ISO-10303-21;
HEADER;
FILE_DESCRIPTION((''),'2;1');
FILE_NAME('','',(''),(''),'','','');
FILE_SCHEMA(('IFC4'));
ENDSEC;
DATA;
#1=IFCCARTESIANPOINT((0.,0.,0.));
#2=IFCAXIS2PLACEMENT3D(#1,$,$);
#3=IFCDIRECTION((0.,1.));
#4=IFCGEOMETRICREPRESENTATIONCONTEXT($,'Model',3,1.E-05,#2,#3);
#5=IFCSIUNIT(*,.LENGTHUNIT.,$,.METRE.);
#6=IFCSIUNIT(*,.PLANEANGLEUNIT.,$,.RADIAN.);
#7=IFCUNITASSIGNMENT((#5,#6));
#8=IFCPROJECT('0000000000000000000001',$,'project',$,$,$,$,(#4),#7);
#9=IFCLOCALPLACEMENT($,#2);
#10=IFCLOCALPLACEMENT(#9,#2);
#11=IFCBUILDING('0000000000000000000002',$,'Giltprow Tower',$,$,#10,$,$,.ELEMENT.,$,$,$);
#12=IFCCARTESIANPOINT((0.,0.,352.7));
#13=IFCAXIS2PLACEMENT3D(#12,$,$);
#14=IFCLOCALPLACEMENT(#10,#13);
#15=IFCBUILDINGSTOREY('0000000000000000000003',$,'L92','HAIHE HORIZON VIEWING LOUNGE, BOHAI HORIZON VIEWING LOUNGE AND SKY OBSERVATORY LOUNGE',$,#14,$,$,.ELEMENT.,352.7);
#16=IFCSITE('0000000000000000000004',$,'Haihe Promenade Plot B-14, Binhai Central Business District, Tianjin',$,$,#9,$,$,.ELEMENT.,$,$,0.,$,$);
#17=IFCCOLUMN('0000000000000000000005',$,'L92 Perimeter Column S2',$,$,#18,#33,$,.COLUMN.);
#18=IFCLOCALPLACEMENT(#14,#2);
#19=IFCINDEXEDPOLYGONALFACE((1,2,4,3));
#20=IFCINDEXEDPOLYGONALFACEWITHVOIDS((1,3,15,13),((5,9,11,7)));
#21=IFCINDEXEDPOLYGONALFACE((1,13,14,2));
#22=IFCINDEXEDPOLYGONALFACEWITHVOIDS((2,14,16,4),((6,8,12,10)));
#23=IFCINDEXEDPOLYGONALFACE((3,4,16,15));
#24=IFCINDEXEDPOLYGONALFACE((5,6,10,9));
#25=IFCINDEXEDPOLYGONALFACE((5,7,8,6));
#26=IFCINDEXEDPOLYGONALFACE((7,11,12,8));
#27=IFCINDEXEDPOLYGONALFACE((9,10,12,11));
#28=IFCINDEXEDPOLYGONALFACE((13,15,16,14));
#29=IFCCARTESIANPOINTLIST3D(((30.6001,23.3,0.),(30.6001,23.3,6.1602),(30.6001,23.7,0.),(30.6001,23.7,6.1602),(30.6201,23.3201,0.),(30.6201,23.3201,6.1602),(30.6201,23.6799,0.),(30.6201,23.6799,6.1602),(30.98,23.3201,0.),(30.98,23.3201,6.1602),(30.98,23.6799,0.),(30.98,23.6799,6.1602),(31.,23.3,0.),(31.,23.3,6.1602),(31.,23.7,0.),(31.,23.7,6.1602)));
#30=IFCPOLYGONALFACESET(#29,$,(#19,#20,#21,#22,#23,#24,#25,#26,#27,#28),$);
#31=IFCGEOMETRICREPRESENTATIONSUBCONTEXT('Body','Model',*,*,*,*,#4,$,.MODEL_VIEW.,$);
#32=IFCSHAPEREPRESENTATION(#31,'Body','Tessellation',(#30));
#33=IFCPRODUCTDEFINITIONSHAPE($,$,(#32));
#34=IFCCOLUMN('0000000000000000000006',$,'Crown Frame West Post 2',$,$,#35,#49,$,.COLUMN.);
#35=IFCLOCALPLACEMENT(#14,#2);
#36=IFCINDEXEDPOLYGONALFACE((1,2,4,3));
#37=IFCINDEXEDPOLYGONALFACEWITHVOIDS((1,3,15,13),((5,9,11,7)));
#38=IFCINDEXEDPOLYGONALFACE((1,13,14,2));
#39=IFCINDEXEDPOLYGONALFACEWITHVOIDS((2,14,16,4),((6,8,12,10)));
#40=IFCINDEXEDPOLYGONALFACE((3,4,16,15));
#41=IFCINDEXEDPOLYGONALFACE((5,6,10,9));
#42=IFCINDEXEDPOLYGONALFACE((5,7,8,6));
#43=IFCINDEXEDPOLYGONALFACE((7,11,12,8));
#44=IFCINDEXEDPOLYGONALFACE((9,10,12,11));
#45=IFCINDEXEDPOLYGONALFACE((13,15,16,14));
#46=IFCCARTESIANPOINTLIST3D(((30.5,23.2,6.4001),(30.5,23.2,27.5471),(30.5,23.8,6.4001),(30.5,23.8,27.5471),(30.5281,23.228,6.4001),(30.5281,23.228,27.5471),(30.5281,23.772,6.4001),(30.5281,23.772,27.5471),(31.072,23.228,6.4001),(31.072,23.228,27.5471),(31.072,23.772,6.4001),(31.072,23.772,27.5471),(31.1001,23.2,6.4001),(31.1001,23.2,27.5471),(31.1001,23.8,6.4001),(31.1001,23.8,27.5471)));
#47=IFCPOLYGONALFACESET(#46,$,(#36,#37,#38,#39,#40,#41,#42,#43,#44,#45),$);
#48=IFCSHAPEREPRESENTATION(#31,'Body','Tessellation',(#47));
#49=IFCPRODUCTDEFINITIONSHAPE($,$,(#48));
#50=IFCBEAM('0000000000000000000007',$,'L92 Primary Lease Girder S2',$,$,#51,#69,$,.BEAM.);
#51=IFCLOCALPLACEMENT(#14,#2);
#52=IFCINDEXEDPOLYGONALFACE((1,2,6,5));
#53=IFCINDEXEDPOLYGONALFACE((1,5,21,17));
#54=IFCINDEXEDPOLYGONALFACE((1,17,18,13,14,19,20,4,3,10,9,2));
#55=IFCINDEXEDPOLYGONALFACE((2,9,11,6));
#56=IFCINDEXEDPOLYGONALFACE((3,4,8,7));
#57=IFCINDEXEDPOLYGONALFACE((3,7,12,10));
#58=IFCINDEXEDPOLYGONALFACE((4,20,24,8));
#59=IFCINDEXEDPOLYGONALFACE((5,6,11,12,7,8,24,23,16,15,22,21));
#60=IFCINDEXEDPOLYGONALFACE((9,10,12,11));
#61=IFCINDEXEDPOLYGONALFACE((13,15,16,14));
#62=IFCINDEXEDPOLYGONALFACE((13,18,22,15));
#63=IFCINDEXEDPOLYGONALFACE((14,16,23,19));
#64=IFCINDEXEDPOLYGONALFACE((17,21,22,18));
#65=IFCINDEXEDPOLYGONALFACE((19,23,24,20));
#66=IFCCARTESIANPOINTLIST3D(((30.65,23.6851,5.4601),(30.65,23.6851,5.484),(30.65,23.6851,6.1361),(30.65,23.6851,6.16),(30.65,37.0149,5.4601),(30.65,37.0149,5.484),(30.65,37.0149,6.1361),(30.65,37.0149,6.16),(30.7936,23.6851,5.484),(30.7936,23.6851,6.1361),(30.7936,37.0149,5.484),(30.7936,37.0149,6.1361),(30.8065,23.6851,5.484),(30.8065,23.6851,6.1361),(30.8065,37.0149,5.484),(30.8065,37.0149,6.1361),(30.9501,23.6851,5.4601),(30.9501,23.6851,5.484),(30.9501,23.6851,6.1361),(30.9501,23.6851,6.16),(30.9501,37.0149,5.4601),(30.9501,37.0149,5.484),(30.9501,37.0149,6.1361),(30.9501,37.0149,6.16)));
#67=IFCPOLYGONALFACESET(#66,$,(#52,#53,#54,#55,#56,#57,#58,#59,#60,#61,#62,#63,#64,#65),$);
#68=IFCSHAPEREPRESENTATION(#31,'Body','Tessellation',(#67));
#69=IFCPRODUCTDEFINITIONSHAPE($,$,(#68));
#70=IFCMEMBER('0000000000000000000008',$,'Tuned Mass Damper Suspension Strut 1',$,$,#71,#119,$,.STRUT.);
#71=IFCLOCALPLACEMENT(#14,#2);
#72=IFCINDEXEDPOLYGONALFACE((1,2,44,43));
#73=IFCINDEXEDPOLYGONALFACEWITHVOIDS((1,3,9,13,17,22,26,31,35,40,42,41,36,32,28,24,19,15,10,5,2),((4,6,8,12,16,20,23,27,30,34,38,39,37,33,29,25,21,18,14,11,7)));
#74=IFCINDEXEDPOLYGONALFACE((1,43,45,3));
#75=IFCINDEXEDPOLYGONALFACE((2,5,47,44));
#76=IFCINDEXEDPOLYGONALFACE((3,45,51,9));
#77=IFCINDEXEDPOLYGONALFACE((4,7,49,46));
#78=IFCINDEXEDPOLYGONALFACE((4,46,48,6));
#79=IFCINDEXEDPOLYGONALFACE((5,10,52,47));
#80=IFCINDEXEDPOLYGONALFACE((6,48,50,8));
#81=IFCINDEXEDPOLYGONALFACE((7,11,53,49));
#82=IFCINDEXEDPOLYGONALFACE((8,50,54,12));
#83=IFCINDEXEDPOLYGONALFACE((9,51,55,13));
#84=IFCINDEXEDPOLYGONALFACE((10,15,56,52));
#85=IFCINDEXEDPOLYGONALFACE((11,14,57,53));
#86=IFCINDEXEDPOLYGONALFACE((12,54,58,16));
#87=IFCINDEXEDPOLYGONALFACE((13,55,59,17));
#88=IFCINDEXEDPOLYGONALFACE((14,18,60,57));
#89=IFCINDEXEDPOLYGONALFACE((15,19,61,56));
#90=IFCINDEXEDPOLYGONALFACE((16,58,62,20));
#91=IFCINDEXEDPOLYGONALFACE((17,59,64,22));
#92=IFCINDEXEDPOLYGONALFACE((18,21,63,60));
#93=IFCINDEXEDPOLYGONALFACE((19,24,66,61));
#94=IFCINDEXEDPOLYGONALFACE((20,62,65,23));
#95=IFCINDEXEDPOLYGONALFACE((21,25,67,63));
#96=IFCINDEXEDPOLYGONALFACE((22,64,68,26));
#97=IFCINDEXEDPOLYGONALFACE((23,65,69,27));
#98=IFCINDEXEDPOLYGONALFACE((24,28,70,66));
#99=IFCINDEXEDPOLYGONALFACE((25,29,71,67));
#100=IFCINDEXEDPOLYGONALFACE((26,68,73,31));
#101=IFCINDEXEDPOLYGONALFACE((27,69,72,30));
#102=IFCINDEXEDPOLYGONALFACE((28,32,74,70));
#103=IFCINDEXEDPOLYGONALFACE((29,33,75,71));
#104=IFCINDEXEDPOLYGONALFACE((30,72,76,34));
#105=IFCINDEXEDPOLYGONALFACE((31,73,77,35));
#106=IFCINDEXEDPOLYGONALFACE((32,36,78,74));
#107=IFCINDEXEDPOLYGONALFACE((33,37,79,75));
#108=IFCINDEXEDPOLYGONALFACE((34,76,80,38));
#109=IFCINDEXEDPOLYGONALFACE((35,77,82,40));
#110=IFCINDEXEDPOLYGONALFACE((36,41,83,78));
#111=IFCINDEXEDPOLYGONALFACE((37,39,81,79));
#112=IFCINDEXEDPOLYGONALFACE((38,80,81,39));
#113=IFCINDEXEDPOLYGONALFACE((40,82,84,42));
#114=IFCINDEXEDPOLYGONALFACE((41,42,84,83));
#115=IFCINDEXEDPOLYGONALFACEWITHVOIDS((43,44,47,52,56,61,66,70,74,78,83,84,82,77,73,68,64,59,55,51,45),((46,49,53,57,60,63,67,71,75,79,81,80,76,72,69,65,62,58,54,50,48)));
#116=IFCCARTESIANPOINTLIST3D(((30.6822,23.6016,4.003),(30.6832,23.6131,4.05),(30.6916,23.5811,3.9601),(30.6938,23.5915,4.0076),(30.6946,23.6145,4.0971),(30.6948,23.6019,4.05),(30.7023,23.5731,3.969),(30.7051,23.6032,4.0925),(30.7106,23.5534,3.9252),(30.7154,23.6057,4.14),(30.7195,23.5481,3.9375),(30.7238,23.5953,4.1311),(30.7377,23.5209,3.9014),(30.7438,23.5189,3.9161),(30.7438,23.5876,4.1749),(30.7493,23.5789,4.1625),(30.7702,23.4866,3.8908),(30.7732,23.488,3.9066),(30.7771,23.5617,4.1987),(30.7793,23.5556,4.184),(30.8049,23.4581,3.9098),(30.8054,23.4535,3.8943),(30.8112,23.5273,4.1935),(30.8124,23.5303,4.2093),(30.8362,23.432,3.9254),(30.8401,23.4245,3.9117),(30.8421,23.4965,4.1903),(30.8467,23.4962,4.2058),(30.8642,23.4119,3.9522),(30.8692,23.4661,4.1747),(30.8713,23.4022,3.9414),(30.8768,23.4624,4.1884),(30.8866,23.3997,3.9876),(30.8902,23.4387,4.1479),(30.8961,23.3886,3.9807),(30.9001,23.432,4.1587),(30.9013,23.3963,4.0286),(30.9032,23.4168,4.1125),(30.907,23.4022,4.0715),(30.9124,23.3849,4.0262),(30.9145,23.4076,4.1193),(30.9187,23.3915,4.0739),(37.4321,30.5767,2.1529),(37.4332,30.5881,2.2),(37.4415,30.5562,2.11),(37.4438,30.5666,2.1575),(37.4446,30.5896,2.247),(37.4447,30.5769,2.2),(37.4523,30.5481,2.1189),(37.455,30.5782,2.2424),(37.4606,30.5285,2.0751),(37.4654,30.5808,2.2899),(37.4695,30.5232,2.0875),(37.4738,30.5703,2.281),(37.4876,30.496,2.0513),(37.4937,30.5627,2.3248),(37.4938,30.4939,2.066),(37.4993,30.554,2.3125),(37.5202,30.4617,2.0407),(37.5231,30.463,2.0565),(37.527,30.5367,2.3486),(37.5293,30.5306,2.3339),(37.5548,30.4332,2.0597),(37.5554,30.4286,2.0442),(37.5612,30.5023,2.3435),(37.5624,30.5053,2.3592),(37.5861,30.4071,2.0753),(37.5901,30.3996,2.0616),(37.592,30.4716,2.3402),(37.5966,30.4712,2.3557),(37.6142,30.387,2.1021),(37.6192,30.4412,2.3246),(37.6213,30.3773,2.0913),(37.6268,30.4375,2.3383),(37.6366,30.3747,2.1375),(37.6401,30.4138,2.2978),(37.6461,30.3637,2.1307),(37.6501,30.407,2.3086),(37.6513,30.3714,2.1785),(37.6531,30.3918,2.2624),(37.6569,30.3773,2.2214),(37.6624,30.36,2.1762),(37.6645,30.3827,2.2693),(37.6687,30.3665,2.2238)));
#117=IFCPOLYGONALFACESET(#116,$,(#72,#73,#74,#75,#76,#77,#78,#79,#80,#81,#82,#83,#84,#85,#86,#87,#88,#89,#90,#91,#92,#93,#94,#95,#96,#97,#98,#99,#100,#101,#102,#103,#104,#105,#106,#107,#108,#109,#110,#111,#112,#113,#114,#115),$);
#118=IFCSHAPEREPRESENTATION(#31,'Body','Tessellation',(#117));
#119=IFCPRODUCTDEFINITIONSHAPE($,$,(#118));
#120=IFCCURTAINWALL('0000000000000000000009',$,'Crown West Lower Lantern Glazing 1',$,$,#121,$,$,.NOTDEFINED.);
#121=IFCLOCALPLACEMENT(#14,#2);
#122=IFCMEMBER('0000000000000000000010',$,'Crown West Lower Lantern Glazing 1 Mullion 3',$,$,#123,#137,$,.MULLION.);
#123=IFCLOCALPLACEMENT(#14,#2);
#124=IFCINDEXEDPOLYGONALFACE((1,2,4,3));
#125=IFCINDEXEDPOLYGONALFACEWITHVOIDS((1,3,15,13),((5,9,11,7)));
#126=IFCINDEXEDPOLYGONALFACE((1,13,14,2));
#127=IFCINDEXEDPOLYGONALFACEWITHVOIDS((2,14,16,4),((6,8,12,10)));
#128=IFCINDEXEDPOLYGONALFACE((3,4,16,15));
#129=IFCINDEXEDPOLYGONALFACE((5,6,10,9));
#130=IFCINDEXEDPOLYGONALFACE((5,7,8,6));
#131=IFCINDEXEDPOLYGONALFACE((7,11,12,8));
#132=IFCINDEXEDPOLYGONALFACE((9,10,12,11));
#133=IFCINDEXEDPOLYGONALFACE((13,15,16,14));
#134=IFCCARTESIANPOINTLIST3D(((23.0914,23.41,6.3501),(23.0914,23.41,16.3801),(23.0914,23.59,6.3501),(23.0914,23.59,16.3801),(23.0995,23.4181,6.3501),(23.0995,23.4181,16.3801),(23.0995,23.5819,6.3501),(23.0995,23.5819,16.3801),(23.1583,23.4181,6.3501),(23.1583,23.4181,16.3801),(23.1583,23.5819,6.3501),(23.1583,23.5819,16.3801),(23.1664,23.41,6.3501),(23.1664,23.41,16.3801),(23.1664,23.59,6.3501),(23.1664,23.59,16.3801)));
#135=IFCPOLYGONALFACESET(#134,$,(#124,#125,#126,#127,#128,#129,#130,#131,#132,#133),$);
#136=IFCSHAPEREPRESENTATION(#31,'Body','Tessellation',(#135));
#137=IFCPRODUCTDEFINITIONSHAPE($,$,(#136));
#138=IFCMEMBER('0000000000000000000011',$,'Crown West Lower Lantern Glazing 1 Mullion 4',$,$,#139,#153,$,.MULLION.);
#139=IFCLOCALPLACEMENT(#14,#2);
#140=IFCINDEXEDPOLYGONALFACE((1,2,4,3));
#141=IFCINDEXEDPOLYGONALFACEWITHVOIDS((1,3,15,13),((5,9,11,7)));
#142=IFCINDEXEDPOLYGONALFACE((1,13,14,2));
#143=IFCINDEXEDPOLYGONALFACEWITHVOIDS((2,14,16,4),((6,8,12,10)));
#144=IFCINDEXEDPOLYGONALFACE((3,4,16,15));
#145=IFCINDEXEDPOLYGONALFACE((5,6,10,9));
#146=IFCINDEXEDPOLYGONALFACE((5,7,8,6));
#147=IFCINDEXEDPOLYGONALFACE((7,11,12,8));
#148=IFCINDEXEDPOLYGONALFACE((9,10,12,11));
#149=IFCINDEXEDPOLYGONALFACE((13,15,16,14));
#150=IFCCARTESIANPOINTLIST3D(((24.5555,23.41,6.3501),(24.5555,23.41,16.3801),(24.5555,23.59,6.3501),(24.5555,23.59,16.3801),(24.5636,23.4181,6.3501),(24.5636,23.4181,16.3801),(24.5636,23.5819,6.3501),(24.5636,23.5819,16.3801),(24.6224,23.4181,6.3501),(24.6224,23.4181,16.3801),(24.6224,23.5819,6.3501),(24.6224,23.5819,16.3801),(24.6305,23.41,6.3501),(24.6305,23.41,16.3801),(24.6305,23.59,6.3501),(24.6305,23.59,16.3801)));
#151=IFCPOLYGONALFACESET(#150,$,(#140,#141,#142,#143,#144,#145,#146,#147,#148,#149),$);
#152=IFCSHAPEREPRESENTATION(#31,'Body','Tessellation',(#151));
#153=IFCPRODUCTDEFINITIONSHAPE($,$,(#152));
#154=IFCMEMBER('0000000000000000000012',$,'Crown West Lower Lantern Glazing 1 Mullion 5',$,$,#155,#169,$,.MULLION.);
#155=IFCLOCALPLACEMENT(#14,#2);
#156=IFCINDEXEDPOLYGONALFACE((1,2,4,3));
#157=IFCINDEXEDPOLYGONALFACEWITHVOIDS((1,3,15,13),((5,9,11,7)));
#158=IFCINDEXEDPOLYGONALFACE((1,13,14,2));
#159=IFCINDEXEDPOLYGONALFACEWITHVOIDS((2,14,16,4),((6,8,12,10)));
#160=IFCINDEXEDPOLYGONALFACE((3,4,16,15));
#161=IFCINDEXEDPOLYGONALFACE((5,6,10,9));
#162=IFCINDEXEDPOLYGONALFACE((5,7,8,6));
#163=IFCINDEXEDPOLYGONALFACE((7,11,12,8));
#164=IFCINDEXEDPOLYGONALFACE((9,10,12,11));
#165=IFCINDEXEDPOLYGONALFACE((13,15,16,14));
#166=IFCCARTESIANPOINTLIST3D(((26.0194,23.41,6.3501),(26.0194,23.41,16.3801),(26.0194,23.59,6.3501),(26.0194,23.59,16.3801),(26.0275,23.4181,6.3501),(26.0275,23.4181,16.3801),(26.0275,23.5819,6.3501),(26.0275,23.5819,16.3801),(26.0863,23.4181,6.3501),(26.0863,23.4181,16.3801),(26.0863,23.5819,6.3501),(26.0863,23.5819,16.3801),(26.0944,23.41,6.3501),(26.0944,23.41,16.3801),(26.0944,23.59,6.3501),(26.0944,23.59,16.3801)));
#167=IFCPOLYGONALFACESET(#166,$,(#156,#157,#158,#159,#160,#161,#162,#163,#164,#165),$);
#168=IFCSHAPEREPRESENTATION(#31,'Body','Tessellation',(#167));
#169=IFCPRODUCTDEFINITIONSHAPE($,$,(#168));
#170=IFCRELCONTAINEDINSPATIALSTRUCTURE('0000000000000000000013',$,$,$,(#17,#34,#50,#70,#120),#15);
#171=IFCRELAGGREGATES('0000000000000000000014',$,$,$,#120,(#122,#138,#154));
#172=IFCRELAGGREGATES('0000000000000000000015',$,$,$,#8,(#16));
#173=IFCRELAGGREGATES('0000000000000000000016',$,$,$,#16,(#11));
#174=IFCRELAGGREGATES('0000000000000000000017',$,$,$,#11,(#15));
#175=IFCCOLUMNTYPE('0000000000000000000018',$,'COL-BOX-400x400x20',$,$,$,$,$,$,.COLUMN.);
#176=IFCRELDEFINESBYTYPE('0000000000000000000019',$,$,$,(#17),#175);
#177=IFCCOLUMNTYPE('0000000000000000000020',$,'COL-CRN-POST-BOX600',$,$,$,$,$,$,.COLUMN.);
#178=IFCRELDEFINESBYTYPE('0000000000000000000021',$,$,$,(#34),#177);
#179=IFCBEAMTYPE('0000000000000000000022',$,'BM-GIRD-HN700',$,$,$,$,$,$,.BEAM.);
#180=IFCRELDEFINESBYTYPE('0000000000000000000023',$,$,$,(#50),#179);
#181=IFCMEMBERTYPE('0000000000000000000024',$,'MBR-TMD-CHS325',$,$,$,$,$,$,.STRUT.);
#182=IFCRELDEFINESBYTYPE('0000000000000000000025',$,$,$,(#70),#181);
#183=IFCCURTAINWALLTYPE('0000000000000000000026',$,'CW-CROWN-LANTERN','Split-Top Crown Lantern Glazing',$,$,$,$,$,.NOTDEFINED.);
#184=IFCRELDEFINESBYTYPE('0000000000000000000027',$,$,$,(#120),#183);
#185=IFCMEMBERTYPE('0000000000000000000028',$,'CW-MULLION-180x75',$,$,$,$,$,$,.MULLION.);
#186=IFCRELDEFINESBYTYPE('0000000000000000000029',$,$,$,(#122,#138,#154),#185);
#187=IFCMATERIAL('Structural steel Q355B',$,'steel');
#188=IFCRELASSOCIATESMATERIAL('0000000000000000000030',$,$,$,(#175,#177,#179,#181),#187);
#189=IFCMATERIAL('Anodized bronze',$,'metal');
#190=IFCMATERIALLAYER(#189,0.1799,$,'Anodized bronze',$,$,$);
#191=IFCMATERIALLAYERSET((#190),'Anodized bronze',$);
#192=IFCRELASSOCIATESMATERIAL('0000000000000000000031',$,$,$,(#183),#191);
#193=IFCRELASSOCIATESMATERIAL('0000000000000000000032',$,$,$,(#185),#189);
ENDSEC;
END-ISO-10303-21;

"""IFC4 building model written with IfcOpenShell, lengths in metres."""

from ifc_helpers import new_model, si_unit, direction, frame, origin, origin_2d, place, context, subcontext, project, spatial, hollow_rectangle, hollow_circle, i_section, extrude, source, transform, mapped, material, layer, layer_set, material_profile, profile_set, type_object, element, aggregate, save


model = new_model("IFC4")

# Units and contexts
model_context = context("Model", 3, precision=1e-05, world=origin(), true_north=direction((0.0, 1.0)))
body_context = subcontext(model_context, "Body", "Model", "MODEL_VIEW")
ifc_project = project(units=[si_unit("LENGTHUNIT", "METRE"), si_unit("PLANEANGLEUNIT", "RADIAN")], contexts=[model_context])

# Site, building, storey
site_placement = place(None, origin())
site = spatial("IfcSite", under=ifc_project, at=site_placement, Name="Haihe Promenade Plot B-14, Binhai Central Business District, Tianjin", CompositionType="ELEMENT", RefElevation=0.0)
building_placement = place(site_placement, origin())
building = spatial("IfcBuilding", under=site, at=building_placement, Name="Giltprow Tower", CompositionType="ELEMENT")
storey_placement = place(building_placement, frame((0.0, 0.0, 352.7)))
storey = spatial("IfcBuildingStorey", under=building, at=storey_placement, Name="L92", Description="HAIHE HORIZON VIEWING LOUNGE, BOHAI HORIZON VIEWING LOUNGE AND SKY OBSERVATORY LOUNGE", CompositionType="ELEMENT", Elevation=352.7)

# Columns
ifc_material_1 = material(Name="Structural steel Q355B", Category="steel")
ifc_material_profile_1 = material_profile(ifc_material_1, hollow_rectangle(XDim=0.3999, YDim=0.3999, WallThickness=0.02, at=origin_2d()), Name="BOX 400x400x20")
ifc_profile_set_1 = profile_set([ifc_material_profile_1], Name="Structural steel Q355B")
column_type_1 = type_object("IfcColumnType", Name="COL-BOX-400x400x20", PredefinedType="COLUMN", material=ifc_profile_set_1)
shared_shape_1 = source(origin(), body_context, "Body", "SweptSolid", [
    extrude(hollow_rectangle(XDim=0.3999, YDim=0.3999, WallThickness=0.02, at=origin_2d()), origin(), (0.0, 0.0, 1.0), 6.1602),
])
column_1_placement = place(storey_placement, frame((30.8, 23.5, 0.0), z_axis=(0.0, 0.0, 1.0), x_axis=(1.0, 0.0, 0.0)))
element("IfcColumn", 1, at=column_1_placement, inside=storey, type_object=column_type_1, Name="L92 Perimeter Column S2", PredefinedType="COLUMN", context=body_context, shape_type="MappedRepresentation", body=[
    mapped(shared_shape_1, transform((0.0, 0.0, 0.0), x_axis=(1.0, 0.0, 0.0), y_axis=(0.0, 1.0, 0.0), z_axis=(0.0, 0.0, 1.0), scale=1.0)),
])
ifc_material_profile_2 = material_profile(ifc_material_1, hollow_rectangle(XDim=0.6001, YDim=0.6001, WallThickness=0.0281, at=origin_2d()), Name="BOX 600x600x28")
ifc_profile_set_2 = profile_set([ifc_material_profile_2], Name="Structural steel Q355B")
column_type_2 = type_object("IfcColumnType", Name="COL-CRN-POST-BOX600", PredefinedType="COLUMN", material=ifc_profile_set_2)
shared_shape_2 = source(origin(), body_context, "Body", "SweptSolid", [
    extrude(hollow_rectangle(XDim=0.6001, YDim=0.6001, WallThickness=0.0281, at=origin_2d()), origin(), (0.0, 0.0, 1.0), 21.147),
])
column_2_placement = place(storey_placement, frame((30.8, 23.5, 6.4001), z_axis=(0.0, 0.0, 1.0), x_axis=(1.0, 0.0, 0.0)))
element("IfcColumn", 2, at=column_2_placement, inside=storey, type_object=column_type_2, Name="Crown Frame West Post 2", PredefinedType="COLUMN", context=body_context, shape_type="MappedRepresentation", body=[
    mapped(shared_shape_2, transform((0.0, 0.0, 0.0), x_axis=(1.0, 0.0, 0.0), y_axis=(0.0, 1.0, 0.0), z_axis=(0.0, 0.0, 1.0), scale=1.0)),
])

# Beam
ifc_material_profile_3 = material_profile(ifc_material_1, i_section(OverallWidth=0.3, OverallDepth=0.7, WebThickness=0.0129, FlangeThickness=0.0239, at=origin_2d()), Name="HN 700x300x13x24")
ifc_profile_set_3 = profile_set([ifc_material_profile_3], Name="Structural steel Q355B")
beam_type = type_object("IfcBeamType", Name="BM-GIRD-HN700", PredefinedType="BEAM", material=ifc_profile_set_3)
shared_shape_3 = source(origin(), body_context, "Body", "SweptSolid", [
    extrude(i_section(OverallWidth=0.3, OverallDepth=0.7, WebThickness=0.0129, FlangeThickness=0.0239, at=origin_2d()), origin(), (0.0, 0.0, 1.0), 13.3298),
])
beam_placement = place(storey_placement, frame((30.8, 23.6851, 5.8101), z_axis=(0.0, 1.0, 0.0), x_axis=(-1.0, 0.0, 0.0)))
element("IfcBeam", 3, at=beam_placement, inside=storey, type_object=beam_type, Name="L92 Primary Lease Girder S2", PredefinedType="BEAM", context=body_context, shape_type="MappedRepresentation", body=[
    mapped(shared_shape_3, transform((0.0, 0.0, 0.0), x_axis=(1.0, 0.0, 0.0), y_axis=(0.0, 1.0, 0.0), z_axis=(0.0, 0.0, 1.0), scale=1.0)),
])

# Member
ifc_material_profile_4 = material_profile(ifc_material_1, hollow_circle(Radius=0.1626, WallThickness=0.0161, at=origin_2d()), Name="CHS 325x16")
ifc_profile_set_4 = profile_set([ifc_material_profile_4], Name="Structural steel Q355B")
member_type_1 = type_object("IfcMemberType", Name="MBR-TMD-CHS325", PredefinedType="STRUT", material=ifc_profile_set_4)
shared_shape_4 = source(origin(), body_context, "Body", "SweptSolid", [
    extrude(hollow_circle(Radius=0.1626, WallThickness=0.0161, at=origin_2d()), origin(), (0.0, 0.0, 1.0), 9.8811),
])
member_1_placement = place(storey_placement, frame((30.8, 23.5, 4.05), z_axis=(0.683118, 0.705899, -0.187235), x_axis=(-0.718607, 0.695416, 0.0)))
element("IfcMember", 4, at=member_1_placement, inside=storey, type_object=member_type_1, Name="Tuned Mass Damper Suspension Strut 1", PredefinedType="STRUT", context=body_context, shape_type="MappedRepresentation", body=[
    mapped(shared_shape_4, transform((0.0, 0.0, 0.0), x_axis=(1.0, 0.0, 0.0), y_axis=(0.0, 1.0, 0.0), z_axis=(0.0, 0.0, 1.0), scale=1.0)),
])

# Curtain wall, members
ifc_material_2 = material(Name="Anodized bronze", Category="metal")
ifc_layer_1 = layer(ifc_material_2, 0.1799, Name="Anodized bronze")
ifc_layer_set_1 = layer_set([ifc_layer_1], Name="Anodized bronze")
curtain_wall_type = type_object("IfcCurtainWallType", Name="CW-CROWN-LANTERN", Description="Split-Top Crown Lantern Glazing", PredefinedType="NOTDEFINED", material=ifc_layer_set_1)
curtain_wall_1_placement = place(storey_placement, origin())
curtain_wall_1 = element("IfcCurtainWall", 5, at=curtain_wall_1_placement, inside=storey, type_object=curtain_wall_type, Name="Crown West Lower Lantern Glazing 1", PredefinedType="NOTDEFINED")
ifc_material_profile_5 = material_profile(ifc_material_2, hollow_rectangle(XDim=0.075, YDim=0.1799, WallThickness=0.0081, at=origin_2d()), Name="RHS 180x75x8")
ifc_profile_set_5 = profile_set([ifc_material_profile_5], Name="Anodized bronze")
member_type_2 = type_object("IfcMemberType", Name="CW-MULLION-180x75", PredefinedType="MULLION", material=ifc_profile_set_5)
shared_shape_5 = source(origin(), body_context, "Body", "SweptSolid", [
    extrude(hollow_rectangle(XDim=0.075, YDim=0.1799, WallThickness=0.0081, at=origin_2d()), origin(), (0.0, 0.0, 1.0), 10.03),
])
member_2_placement = place(storey_placement, frame((23.1289, 23.5, 6.3501), z_axis=(0.0, 0.0, 1.0), x_axis=(1.0, 0.0, 0.0)))
member_2 = element("IfcMember", 6, at=member_2_placement, type_object=member_type_2, Name="Crown West Lower Lantern Glazing 1 Mullion 3", PredefinedType="MULLION", context=body_context, shape_type="MappedRepresentation", body=[
    mapped(shared_shape_5, transform((0.0, 0.0, 0.0), x_axis=(1.0, 0.0, 0.0), y_axis=(0.0, 1.0, 0.0), z_axis=(0.0, 0.0, 1.0), scale=1.0)),
])
member_3_placement = place(storey_placement, frame((24.593, 23.5, 6.3501), z_axis=(0.0, 0.0, 1.0), x_axis=(1.0, 0.0, 0.0)))
member_3 = element("IfcMember", 7, at=member_3_placement, type_object=member_type_2, Name="Crown West Lower Lantern Glazing 1 Mullion 4", PredefinedType="MULLION", context=body_context, shape_type="MappedRepresentation", body=[
    mapped(shared_shape_5, transform((0.0, 0.0, 0.0), x_axis=(1.0, 0.0, 0.0), y_axis=(0.0, 1.0, 0.0), z_axis=(0.0, 0.0, 1.0), scale=1.0)),
])
member_4_placement = place(storey_placement, frame((26.0569, 23.5, 6.3501), z_axis=(0.0, 0.0, 1.0), x_axis=(1.0, 0.0, 0.0)))
member_4 = element("IfcMember", 8, at=member_4_placement, type_object=member_type_2, Name="Crown West Lower Lantern Glazing 1 Mullion 5", PredefinedType="MULLION", context=body_context, shape_type="MappedRepresentation", body=[
    mapped(shared_shape_5, transform((0.0, 0.0, 0.0), x_axis=(1.0, 0.0, 0.0), y_axis=(0.0, 1.0, 0.0), z_axis=(0.0, 0.0, 1.0), scale=1.0)),
])

aggregate(curtain_wall_1, [member_2, member_3, member_4])

save(model, "model.ifc")
